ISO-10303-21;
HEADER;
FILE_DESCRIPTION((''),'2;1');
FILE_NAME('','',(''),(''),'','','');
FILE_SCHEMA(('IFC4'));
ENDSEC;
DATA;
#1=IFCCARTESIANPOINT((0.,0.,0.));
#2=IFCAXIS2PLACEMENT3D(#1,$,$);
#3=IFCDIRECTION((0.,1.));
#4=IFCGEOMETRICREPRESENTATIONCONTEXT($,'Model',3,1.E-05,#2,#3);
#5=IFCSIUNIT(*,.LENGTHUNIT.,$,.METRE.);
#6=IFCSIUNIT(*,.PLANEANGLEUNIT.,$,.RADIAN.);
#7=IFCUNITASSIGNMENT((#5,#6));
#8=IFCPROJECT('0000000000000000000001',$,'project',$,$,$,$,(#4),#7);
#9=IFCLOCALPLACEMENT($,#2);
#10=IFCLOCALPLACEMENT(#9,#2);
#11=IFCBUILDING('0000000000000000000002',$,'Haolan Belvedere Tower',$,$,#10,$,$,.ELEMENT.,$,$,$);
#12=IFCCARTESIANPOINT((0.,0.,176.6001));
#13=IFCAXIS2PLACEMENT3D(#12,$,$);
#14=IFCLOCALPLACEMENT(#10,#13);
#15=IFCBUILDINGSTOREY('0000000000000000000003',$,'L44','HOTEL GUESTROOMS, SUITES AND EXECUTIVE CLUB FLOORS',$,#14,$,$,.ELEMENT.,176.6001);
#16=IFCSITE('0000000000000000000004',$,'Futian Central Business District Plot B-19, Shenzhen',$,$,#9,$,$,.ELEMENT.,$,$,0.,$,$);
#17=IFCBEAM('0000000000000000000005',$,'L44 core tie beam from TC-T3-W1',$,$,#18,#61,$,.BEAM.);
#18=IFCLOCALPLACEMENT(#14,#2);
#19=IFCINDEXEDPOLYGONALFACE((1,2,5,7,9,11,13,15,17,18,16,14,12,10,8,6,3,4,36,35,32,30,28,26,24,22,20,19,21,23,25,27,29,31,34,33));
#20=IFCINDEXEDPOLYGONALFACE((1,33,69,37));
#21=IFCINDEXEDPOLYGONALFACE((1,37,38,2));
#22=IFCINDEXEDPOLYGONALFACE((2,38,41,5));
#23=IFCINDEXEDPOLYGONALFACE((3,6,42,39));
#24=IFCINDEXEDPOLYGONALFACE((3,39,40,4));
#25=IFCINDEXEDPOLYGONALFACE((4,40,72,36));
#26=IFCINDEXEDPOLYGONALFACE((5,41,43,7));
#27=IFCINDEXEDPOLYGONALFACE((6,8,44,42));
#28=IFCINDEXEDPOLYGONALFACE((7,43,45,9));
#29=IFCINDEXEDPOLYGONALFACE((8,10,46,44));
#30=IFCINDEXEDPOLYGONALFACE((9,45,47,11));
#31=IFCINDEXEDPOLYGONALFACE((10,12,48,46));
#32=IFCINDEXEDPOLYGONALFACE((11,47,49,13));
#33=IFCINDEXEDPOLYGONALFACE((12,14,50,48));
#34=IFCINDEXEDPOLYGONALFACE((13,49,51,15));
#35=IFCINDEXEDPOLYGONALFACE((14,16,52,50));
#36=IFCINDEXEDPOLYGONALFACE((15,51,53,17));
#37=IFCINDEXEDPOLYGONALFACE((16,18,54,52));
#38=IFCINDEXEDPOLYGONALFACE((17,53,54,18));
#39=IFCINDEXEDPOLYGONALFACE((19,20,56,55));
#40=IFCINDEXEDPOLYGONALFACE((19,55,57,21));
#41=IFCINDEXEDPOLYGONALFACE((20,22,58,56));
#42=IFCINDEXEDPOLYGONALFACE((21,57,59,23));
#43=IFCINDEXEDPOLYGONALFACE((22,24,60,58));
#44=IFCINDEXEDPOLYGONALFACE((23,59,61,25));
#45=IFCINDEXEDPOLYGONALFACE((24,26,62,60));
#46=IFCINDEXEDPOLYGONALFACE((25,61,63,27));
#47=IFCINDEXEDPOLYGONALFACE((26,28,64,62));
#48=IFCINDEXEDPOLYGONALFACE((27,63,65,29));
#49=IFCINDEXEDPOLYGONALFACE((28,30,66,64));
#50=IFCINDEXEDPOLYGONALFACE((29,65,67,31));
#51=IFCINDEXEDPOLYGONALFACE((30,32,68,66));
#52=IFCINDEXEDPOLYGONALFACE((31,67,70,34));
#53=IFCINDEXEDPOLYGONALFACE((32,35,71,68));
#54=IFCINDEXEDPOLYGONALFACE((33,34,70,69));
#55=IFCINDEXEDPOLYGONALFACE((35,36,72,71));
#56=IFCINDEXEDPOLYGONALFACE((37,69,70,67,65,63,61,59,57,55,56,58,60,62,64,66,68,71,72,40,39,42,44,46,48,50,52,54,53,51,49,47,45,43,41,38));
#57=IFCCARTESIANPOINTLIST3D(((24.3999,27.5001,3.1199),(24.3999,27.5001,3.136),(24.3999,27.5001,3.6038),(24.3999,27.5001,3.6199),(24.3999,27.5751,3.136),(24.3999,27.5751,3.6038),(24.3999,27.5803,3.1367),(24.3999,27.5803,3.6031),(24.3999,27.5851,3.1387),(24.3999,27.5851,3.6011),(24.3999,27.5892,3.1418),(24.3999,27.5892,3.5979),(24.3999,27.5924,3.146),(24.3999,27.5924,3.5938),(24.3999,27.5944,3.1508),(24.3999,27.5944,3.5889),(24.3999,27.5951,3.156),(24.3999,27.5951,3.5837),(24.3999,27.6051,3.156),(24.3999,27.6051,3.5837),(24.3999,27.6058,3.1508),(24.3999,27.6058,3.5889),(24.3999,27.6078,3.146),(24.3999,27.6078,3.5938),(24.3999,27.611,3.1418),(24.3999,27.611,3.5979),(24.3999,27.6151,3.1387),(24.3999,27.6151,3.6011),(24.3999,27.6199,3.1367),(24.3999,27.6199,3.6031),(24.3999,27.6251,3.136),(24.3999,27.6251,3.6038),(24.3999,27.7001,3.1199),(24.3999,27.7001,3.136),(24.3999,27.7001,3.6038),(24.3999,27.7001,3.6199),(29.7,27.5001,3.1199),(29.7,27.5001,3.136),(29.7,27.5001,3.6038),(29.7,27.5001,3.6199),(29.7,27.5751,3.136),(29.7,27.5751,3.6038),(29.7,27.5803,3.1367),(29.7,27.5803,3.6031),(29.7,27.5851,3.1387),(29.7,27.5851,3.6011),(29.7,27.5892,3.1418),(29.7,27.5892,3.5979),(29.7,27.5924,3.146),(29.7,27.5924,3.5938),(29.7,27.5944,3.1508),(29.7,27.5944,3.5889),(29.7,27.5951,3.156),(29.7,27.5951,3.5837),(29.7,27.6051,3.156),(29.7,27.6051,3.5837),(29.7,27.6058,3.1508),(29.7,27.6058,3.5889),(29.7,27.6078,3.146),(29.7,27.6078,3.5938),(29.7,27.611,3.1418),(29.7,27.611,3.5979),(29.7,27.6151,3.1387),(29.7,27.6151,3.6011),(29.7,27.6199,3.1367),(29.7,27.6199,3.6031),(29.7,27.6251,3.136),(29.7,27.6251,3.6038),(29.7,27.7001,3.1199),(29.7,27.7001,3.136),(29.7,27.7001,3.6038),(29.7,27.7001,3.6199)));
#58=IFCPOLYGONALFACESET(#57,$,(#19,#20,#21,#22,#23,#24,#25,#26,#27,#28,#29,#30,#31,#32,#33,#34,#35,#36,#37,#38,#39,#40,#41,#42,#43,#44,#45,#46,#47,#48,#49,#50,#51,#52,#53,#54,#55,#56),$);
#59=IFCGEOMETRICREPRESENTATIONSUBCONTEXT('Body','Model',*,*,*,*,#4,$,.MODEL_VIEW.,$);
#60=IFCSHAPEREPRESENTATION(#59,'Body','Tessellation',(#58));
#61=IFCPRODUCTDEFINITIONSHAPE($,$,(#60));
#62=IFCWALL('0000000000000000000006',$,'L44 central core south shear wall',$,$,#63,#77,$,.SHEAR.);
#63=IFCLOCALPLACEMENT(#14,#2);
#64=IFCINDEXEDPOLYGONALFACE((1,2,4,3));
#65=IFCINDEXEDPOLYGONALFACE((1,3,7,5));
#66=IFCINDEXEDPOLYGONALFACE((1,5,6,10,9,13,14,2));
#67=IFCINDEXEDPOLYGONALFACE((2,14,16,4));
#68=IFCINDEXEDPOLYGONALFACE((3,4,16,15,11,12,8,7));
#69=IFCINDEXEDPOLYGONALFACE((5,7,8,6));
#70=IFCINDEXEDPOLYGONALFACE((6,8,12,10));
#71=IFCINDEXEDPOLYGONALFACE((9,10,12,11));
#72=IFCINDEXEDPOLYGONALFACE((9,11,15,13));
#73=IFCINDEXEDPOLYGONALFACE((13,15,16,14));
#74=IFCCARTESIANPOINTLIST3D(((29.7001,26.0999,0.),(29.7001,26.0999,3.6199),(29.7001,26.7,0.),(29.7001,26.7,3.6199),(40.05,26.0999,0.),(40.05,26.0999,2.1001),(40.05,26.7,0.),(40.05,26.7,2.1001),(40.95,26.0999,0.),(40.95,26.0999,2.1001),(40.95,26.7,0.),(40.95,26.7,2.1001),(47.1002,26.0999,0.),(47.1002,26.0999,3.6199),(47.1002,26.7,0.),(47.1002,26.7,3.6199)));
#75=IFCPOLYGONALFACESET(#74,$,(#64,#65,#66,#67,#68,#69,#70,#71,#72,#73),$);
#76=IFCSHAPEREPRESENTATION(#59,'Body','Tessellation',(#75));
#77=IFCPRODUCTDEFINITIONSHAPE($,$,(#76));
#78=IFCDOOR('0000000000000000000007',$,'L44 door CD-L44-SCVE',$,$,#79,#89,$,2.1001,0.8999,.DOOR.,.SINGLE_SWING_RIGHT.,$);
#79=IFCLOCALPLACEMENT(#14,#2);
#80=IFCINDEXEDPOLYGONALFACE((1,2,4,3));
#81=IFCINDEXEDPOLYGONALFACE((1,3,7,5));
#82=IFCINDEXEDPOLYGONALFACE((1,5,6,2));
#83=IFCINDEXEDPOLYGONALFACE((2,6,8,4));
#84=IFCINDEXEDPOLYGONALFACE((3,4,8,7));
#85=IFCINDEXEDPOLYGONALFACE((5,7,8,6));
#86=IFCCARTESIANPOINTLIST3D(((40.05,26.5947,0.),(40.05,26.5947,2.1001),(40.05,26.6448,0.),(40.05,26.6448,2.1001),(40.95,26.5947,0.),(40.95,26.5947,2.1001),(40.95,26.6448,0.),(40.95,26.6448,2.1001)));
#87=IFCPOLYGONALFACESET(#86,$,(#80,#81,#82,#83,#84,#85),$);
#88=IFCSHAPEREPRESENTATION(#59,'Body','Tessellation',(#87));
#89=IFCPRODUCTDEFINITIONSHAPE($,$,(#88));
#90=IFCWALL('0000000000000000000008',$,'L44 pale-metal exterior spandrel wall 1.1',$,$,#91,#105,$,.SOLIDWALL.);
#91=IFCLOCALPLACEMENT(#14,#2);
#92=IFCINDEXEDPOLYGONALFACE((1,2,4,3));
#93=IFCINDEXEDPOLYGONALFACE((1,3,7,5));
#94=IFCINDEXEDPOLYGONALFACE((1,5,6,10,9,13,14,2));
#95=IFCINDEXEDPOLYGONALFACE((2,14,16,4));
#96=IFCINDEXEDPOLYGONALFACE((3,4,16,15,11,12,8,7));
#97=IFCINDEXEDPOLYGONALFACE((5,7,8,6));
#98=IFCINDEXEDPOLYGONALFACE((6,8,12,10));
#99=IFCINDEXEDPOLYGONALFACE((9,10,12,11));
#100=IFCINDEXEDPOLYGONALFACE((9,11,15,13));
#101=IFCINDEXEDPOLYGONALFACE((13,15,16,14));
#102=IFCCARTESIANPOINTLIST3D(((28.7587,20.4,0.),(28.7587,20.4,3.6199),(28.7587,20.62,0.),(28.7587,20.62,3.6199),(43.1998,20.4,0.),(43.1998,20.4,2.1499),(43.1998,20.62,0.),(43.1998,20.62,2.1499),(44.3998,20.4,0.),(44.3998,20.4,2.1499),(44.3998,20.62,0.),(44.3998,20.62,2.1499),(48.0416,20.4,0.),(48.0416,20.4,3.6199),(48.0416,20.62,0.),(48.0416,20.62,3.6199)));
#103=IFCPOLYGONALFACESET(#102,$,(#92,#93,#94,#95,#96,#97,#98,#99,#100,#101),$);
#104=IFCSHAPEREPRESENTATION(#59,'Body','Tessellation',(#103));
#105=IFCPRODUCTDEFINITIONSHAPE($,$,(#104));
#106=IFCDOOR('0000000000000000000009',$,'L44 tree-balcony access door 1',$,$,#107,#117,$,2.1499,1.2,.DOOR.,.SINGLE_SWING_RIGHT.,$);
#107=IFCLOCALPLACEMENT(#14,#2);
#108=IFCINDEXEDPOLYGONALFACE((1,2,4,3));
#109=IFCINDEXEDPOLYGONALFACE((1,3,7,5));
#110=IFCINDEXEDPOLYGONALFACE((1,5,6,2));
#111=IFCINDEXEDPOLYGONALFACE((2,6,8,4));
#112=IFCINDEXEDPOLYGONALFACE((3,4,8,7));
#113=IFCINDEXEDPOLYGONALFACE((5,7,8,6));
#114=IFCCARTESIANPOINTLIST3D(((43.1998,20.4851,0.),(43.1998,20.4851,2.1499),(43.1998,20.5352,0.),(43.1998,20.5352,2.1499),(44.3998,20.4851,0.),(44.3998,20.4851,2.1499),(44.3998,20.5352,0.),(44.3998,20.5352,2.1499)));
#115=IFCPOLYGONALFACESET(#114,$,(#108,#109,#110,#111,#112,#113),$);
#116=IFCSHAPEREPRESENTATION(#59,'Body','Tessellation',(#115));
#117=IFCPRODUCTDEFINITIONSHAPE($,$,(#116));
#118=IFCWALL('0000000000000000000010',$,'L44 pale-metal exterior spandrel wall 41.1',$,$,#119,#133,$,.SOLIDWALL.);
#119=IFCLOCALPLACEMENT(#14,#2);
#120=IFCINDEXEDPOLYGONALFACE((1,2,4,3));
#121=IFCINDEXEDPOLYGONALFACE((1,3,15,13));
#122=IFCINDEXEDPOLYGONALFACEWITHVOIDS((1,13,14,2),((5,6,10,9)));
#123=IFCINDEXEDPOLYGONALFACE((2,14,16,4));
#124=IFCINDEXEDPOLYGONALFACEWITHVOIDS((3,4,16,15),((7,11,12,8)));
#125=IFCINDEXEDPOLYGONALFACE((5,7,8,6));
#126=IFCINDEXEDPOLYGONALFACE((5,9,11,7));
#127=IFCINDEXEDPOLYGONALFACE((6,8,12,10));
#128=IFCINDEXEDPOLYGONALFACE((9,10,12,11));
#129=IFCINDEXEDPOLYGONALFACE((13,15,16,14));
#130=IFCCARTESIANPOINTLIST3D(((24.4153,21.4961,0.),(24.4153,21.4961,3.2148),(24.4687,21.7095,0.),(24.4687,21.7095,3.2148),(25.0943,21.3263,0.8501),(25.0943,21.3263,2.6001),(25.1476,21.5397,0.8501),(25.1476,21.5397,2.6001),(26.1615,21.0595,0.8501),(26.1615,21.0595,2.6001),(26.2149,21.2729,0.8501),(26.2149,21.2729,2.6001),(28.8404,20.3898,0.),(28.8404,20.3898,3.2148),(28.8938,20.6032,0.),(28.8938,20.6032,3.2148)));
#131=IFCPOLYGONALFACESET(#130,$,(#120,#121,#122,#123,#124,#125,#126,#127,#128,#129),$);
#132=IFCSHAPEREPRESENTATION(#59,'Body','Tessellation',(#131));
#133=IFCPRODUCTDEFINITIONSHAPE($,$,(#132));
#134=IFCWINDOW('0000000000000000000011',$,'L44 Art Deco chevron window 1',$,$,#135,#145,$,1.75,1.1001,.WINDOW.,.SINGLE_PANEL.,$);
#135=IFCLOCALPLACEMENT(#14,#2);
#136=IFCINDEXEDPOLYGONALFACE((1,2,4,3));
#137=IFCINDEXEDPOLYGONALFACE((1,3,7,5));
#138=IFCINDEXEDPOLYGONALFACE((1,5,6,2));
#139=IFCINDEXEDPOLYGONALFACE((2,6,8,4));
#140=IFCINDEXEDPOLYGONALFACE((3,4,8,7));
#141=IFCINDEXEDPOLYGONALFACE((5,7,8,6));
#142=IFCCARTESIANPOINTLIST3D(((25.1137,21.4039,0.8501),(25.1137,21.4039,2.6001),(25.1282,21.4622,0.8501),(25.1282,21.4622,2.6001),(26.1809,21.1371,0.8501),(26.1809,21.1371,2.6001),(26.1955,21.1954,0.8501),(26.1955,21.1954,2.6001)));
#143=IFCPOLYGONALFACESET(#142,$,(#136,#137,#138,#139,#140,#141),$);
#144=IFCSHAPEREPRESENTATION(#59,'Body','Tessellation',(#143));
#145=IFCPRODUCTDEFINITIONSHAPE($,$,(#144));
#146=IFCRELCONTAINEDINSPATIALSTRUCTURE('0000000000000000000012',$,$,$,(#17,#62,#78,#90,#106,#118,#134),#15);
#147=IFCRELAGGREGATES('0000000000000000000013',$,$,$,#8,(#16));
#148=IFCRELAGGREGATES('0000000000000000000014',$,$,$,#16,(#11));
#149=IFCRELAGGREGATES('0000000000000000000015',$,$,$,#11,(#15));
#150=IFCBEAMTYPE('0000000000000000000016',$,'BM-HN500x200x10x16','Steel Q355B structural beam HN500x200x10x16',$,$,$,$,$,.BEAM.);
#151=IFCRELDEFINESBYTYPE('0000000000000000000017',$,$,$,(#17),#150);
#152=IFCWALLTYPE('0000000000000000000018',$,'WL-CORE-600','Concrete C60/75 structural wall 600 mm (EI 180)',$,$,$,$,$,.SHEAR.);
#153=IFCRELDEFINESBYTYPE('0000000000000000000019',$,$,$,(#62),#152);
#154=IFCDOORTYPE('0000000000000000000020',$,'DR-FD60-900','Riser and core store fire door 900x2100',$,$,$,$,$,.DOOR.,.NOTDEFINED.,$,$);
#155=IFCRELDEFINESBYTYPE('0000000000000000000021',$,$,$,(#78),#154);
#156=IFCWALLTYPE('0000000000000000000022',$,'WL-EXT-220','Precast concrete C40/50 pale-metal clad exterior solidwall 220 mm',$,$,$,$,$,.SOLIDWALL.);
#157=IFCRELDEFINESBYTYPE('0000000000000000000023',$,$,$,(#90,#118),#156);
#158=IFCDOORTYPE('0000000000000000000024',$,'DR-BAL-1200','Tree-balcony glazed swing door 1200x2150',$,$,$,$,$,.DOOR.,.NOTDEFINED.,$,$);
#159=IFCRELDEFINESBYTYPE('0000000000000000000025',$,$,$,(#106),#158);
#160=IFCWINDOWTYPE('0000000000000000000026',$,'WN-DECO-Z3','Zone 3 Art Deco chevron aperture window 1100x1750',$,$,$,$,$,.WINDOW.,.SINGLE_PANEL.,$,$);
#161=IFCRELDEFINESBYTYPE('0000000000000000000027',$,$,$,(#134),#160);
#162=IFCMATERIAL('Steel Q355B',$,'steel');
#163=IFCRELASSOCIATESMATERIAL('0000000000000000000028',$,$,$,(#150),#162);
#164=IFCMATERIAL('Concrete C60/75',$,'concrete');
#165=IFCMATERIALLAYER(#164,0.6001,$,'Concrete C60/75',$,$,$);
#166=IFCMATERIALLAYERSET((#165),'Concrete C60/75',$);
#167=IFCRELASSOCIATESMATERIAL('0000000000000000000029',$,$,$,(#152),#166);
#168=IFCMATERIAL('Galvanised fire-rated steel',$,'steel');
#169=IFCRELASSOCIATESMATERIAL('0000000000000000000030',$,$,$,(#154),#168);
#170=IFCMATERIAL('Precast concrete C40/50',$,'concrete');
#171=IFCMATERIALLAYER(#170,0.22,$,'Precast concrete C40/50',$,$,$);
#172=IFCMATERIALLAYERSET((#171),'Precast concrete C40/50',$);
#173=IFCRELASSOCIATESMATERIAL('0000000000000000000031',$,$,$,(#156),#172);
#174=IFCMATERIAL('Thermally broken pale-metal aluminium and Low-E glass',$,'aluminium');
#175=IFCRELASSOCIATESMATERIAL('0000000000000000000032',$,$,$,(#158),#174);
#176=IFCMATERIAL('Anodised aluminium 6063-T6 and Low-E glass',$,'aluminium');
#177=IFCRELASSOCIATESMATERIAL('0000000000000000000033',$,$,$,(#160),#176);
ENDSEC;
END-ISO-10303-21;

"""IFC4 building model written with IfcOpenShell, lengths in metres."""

from ifc_helpers import new_model, si_unit, direction, frame, frame_2d, origin, origin_2d, place, context, subcontext, project, spatial, rectangle, i_section, extrude, material, layer, layer_set, material_profile, profile_set, type_object, element, fill, save


model = new_model("IFC4")

# Units and contexts
model_context = context("Model", 3, precision=1e-05, world=origin(), true_north=direction((0.0, 1.0)))
body_context = subcontext(model_context, "Body", "Model", "MODEL_VIEW")
ifc_project = project(units=[si_unit("LENGTHUNIT", "METRE"), si_unit("PLANEANGLEUNIT", "RADIAN")], contexts=[model_context])

# Site, building, storey
site_placement = place(None, origin())
site = spatial("IfcSite", under=ifc_project, at=site_placement, Name="Futian Central Business District Plot B-19, Shenzhen", CompositionType="ELEMENT", RefElevation=0.0)
building_placement = place(site_placement, origin())
building = spatial("IfcBuilding", under=site, at=building_placement, Name="Haolan Belvedere Tower", CompositionType="ELEMENT")
storey_placement = place(building_placement, frame((0.0, 0.0, 176.6001)))
storey = spatial("IfcBuildingStorey", under=building, at=storey_placement, Name="L44", Description="HOTEL GUESTROOMS, SUITES AND EXECUTIVE CLUB FLOORS", CompositionType="ELEMENT", Elevation=176.6001)

# Beam
ifc_material_1 = material(Name="Steel Q355B", Category="steel")
ifc_material_profile_1 = material_profile(ifc_material_1, i_section(OverallWidth=0.2, OverallDepth=0.5, WebThickness=0.01, FlangeThickness=0.0161, FilletRadius=0.02, at=origin_2d()), Name="Steel Q355B")
ifc_profile_set_1 = profile_set([ifc_material_profile_1], Name="Steel Q355B")
beam_type_1 = type_object("IfcBeamType", Name="BM-HN500x200x10x16", Description="Steel Q355B structural beam HN500x200x10x16", PredefinedType="BEAM", material=ifc_profile_set_1)
beam_1_placement = place(storey_placement, frame((24.3999, 27.6001, 3.3699), z_axis=(1.0, 0.0, 0.0), x_axis=(0.0, 1.0, 0.0)))
element("IfcBeam", 1, at=beam_1_placement, inside=storey, type_object=beam_type_1, Name="L44 core tie beam from TC-T3-W1", PredefinedType="BEAM", context=body_context, shape_type="SweptSolid", body=[
    extrude(i_section(OverallWidth=0.2, OverallDepth=0.5, WebThickness=0.01, FlangeThickness=0.0161, FilletRadius=0.02, at=origin_2d()), origin(), (0.0, 0.0, 1.0), 5.3),
])

# Walls, openings, doors
ifc_material_2 = material(Name="Concrete C60/75", Category="concrete")
ifc_layer_1 = layer(ifc_material_2, 0.6001, Name="Concrete C60/75")
ifc_layer_set_1 = layer_set([ifc_layer_1], Name="Concrete C60/75")
wall_type_1 = type_object("IfcWallType", Name="WL-CORE-600", Description="Concrete C60/75 structural wall 600 mm (EI 180)", PredefinedType="SHEAR", material=ifc_layer_set_1)
wall_1_placement = place(storey_placement, frame((29.7, 26.3999, 0.0), z_axis=(0.0, 0.0, 1.0), x_axis=(1.0, 0.0, 0.0)))
wall_1 = element("IfcWall", 2, at=wall_1_placement, inside=storey, type_object=wall_type_1, Name="L44 central core south shear wall", PredefinedType="SHEAR", context=body_context, shape_type="SweptSolid", body=[
    extrude(rectangle(XDim=17.4001, YDim=0.6001, at=frame_2d((8.7002, 0.0))), origin(), (0.0, 0.0, 1.0), 3.6199),
])
opening_1_placement = place(wall_1_placement, frame((11.25, 0.0, 0.0), z_axis=(0.0, 0.0, 1.0), x_axis=(-1.0, 0.0, 0.0)))
opening_1 = element("IfcOpeningElement", 3, at=opening_1_placement, cuts=wall_1, PredefinedType="OPENING", context=body_context, shape_type="SweptSolid", body=[
    extrude(rectangle(XDim=0.8999, YDim=2.1001, at=frame_2d((0.45, 1.05))), frame((0.0, 0.3101, 0.0), z_axis=(0.0, -1.0, 0.0), x_axis=(1.0, 0.0, 0.0)), (0.0, 0.0, 1.0), 0.6201),
])
ifc_material_3 = material(Name="Galvanised fire-rated steel", Category="steel")
door_type_1 = type_object("IfcDoorType", Name="DR-FD60-900", Description="Riser and core store fire door 900x2100", OperationType="NOTDEFINED", PredefinedType="DOOR", material=ifc_material_3)
door_1_placement = place(opening_1_placement, origin())
door_1 = element("IfcDoor", 4, at=door_1_placement, inside=storey, type_object=door_type_1, Name="L44 door CD-L44-SCVE", OperationType="SINGLE_SWING_RIGHT", OverallHeight=2.1001, OverallWidth=0.8999, PredefinedType="DOOR", context=body_context, shape_type="SweptSolid", body=[
    extrude(rectangle(XDim=0.8999, YDim=2.1001, at=frame_2d((0.45, 1.05))), frame((0.0, -0.1948, 0.0), z_axis=(0.0, -1.0, 0.0), x_axis=(1.0, 0.0, 0.0)), (0.0, 0.0, 1.0), 0.05),
])
fill(opening_1, door_1)
ifc_material_4 = material(Name="Precast concrete C40/50", Category="concrete")
ifc_layer_2 = layer(ifc_material_4, 0.22, Name="Precast concrete C40/50")
ifc_layer_set_2 = layer_set([ifc_layer_2], Name="Precast concrete C40/50")
wall_type_2 = type_object("IfcWallType", Name="WL-EXT-220", Description="Precast concrete C40/50 pale-metal clad exterior solidwall 220 mm", PredefinedType="SOLIDWALL", material=ifc_layer_set_2)
wall_2_placement = place(storey_placement, frame((28.7585, 20.51, 0.0), z_axis=(0.0, 0.0, 1.0), x_axis=(1.0, 0.0, 0.0)))
wall_2 = element("IfcWall", 5, at=wall_2_placement, inside=storey, type_object=wall_type_2, Name="L44 pale-metal exterior spandrel wall 1.1", PredefinedType="SOLIDWALL", context=body_context, shape_type="SweptSolid", body=[
    extrude(rectangle(XDim=19.283, YDim=0.22, at=frame_2d((9.6416, 0.0))), origin(), (0.0, 0.0, 1.0), 3.6199),
])
opening_2_placement = place(wall_2_placement, frame((15.6414, 0.0, 0.0), z_axis=(0.0, 0.0, 1.0), x_axis=(-1.0, 0.0, 0.0)))
opening_2 = element("IfcOpeningElement", 6, at=opening_2_placement, cuts=wall_2, PredefinedType="OPENING", context=body_context, shape_type="SweptSolid", body=[
    extrude(rectangle(XDim=1.2, YDim=2.1499, at=frame_2d((0.6001, 1.075))), frame((0.0, 0.1199, 0.0), z_axis=(0.0, -1.0, 0.0), x_axis=(1.0, 0.0, 0.0)), (0.0, 0.0, 1.0), 0.24),
])
ifc_material_5 = material(Name="Thermally broken pale-metal aluminium and Low-E glass", Category="aluminium")
door_type_2 = type_object("IfcDoorType", Name="DR-BAL-1200", Description="Tree-balcony glazed swing door 1200x2150", OperationType="NOTDEFINED", PredefinedType="DOOR", material=ifc_material_5)
door_2_placement = place(opening_2_placement, origin())
door_2 = element("IfcDoor", 7, at=door_2_placement, inside=storey, type_object=door_type_2, Name="L44 tree-balcony access door 1", OperationType="SINGLE_SWING_RIGHT", OverallHeight=2.1499, OverallWidth=1.2, PredefinedType="DOOR", context=body_context, shape_type="SweptSolid", body=[
    extrude(rectangle(XDim=1.2, YDim=2.1499, at=frame_2d((0.6001, 1.075))), frame((0.0, 0.0249, 0.0), z_axis=(0.0, -1.0, 0.0), x_axis=(1.0, 0.0, 0.0)), (0.0, 0.0, 1.0), 0.05),
])
fill(opening_2, door_2)

# Wall, opening, window
wall_3_placement = place(storey_placement, frame((24.4419, 21.6028, 0.0), z_axis=(0.0, 0.0, 1.0), x_axis=(0.970146, -0.242523, 0.0)))
wall_3 = element("IfcWall", 8, at=wall_3_placement, inside=storey, type_object=wall_type_2, Name="L44 pale-metal exterior spandrel wall 41.1", PredefinedType="SOLIDWALL", context=body_context, shape_type="SweptSolid", body=[
    extrude(rectangle(XDim=4.5613, YDim=0.22, at=frame_2d((2.2808, 0.0))), origin(), (0.0, 0.0, 1.0), 3.2148),
])
opening_3_placement = place(wall_3_placement, frame((0.7, 0.0, 0.8501)))
opening_3 = element("IfcOpeningElement", 9, at=opening_3_placement, cuts=wall_3, PredefinedType="OPENING", context=body_context, shape_type="SweptSolid", body=[
    extrude(rectangle(XDim=1.1001, YDim=1.75, at=frame_2d((0.55, 0.875))), frame((0.0, 0.1199, 0.0), z_axis=(0.0, -1.0, 0.0), x_axis=(1.0, 0.0, 0.0)), (0.0, 0.0, 1.0), 0.24),
])
ifc_material_6 = material(Name="Anodised aluminium 6063-T6 and Low-E glass", Category="aluminium")
window_type = type_object("IfcWindowType", Name="WN-DECO-Z3", Description="Zone 3 Art Deco chevron aperture window 1100x1750", PartitioningType="SINGLE_PANEL", PredefinedType="WINDOW", material=ifc_material_6)
window_placement = place(opening_3_placement, origin())
window = element("IfcWindow", 10, at=window_placement, inside=storey, type_object=window_type, Name="L44 Art Deco chevron window 1", OverallHeight=1.75, OverallWidth=1.1001, PartitioningType="SINGLE_PANEL", PredefinedType="WINDOW", context=body_context, shape_type="SweptSolid", body=[
    extrude(rectangle(XDim=1.1001, YDim=1.75, at=frame_2d((0.55, 0.875))), frame((0.0, 0.03, 0.0), z_axis=(0.0, -1.0, 0.0), x_axis=(1.0, 0.0, 0.0)), (0.0, 0.0, 1.0), 0.0601),
])
fill(opening_3, window)

save(model, "model.ifc")
